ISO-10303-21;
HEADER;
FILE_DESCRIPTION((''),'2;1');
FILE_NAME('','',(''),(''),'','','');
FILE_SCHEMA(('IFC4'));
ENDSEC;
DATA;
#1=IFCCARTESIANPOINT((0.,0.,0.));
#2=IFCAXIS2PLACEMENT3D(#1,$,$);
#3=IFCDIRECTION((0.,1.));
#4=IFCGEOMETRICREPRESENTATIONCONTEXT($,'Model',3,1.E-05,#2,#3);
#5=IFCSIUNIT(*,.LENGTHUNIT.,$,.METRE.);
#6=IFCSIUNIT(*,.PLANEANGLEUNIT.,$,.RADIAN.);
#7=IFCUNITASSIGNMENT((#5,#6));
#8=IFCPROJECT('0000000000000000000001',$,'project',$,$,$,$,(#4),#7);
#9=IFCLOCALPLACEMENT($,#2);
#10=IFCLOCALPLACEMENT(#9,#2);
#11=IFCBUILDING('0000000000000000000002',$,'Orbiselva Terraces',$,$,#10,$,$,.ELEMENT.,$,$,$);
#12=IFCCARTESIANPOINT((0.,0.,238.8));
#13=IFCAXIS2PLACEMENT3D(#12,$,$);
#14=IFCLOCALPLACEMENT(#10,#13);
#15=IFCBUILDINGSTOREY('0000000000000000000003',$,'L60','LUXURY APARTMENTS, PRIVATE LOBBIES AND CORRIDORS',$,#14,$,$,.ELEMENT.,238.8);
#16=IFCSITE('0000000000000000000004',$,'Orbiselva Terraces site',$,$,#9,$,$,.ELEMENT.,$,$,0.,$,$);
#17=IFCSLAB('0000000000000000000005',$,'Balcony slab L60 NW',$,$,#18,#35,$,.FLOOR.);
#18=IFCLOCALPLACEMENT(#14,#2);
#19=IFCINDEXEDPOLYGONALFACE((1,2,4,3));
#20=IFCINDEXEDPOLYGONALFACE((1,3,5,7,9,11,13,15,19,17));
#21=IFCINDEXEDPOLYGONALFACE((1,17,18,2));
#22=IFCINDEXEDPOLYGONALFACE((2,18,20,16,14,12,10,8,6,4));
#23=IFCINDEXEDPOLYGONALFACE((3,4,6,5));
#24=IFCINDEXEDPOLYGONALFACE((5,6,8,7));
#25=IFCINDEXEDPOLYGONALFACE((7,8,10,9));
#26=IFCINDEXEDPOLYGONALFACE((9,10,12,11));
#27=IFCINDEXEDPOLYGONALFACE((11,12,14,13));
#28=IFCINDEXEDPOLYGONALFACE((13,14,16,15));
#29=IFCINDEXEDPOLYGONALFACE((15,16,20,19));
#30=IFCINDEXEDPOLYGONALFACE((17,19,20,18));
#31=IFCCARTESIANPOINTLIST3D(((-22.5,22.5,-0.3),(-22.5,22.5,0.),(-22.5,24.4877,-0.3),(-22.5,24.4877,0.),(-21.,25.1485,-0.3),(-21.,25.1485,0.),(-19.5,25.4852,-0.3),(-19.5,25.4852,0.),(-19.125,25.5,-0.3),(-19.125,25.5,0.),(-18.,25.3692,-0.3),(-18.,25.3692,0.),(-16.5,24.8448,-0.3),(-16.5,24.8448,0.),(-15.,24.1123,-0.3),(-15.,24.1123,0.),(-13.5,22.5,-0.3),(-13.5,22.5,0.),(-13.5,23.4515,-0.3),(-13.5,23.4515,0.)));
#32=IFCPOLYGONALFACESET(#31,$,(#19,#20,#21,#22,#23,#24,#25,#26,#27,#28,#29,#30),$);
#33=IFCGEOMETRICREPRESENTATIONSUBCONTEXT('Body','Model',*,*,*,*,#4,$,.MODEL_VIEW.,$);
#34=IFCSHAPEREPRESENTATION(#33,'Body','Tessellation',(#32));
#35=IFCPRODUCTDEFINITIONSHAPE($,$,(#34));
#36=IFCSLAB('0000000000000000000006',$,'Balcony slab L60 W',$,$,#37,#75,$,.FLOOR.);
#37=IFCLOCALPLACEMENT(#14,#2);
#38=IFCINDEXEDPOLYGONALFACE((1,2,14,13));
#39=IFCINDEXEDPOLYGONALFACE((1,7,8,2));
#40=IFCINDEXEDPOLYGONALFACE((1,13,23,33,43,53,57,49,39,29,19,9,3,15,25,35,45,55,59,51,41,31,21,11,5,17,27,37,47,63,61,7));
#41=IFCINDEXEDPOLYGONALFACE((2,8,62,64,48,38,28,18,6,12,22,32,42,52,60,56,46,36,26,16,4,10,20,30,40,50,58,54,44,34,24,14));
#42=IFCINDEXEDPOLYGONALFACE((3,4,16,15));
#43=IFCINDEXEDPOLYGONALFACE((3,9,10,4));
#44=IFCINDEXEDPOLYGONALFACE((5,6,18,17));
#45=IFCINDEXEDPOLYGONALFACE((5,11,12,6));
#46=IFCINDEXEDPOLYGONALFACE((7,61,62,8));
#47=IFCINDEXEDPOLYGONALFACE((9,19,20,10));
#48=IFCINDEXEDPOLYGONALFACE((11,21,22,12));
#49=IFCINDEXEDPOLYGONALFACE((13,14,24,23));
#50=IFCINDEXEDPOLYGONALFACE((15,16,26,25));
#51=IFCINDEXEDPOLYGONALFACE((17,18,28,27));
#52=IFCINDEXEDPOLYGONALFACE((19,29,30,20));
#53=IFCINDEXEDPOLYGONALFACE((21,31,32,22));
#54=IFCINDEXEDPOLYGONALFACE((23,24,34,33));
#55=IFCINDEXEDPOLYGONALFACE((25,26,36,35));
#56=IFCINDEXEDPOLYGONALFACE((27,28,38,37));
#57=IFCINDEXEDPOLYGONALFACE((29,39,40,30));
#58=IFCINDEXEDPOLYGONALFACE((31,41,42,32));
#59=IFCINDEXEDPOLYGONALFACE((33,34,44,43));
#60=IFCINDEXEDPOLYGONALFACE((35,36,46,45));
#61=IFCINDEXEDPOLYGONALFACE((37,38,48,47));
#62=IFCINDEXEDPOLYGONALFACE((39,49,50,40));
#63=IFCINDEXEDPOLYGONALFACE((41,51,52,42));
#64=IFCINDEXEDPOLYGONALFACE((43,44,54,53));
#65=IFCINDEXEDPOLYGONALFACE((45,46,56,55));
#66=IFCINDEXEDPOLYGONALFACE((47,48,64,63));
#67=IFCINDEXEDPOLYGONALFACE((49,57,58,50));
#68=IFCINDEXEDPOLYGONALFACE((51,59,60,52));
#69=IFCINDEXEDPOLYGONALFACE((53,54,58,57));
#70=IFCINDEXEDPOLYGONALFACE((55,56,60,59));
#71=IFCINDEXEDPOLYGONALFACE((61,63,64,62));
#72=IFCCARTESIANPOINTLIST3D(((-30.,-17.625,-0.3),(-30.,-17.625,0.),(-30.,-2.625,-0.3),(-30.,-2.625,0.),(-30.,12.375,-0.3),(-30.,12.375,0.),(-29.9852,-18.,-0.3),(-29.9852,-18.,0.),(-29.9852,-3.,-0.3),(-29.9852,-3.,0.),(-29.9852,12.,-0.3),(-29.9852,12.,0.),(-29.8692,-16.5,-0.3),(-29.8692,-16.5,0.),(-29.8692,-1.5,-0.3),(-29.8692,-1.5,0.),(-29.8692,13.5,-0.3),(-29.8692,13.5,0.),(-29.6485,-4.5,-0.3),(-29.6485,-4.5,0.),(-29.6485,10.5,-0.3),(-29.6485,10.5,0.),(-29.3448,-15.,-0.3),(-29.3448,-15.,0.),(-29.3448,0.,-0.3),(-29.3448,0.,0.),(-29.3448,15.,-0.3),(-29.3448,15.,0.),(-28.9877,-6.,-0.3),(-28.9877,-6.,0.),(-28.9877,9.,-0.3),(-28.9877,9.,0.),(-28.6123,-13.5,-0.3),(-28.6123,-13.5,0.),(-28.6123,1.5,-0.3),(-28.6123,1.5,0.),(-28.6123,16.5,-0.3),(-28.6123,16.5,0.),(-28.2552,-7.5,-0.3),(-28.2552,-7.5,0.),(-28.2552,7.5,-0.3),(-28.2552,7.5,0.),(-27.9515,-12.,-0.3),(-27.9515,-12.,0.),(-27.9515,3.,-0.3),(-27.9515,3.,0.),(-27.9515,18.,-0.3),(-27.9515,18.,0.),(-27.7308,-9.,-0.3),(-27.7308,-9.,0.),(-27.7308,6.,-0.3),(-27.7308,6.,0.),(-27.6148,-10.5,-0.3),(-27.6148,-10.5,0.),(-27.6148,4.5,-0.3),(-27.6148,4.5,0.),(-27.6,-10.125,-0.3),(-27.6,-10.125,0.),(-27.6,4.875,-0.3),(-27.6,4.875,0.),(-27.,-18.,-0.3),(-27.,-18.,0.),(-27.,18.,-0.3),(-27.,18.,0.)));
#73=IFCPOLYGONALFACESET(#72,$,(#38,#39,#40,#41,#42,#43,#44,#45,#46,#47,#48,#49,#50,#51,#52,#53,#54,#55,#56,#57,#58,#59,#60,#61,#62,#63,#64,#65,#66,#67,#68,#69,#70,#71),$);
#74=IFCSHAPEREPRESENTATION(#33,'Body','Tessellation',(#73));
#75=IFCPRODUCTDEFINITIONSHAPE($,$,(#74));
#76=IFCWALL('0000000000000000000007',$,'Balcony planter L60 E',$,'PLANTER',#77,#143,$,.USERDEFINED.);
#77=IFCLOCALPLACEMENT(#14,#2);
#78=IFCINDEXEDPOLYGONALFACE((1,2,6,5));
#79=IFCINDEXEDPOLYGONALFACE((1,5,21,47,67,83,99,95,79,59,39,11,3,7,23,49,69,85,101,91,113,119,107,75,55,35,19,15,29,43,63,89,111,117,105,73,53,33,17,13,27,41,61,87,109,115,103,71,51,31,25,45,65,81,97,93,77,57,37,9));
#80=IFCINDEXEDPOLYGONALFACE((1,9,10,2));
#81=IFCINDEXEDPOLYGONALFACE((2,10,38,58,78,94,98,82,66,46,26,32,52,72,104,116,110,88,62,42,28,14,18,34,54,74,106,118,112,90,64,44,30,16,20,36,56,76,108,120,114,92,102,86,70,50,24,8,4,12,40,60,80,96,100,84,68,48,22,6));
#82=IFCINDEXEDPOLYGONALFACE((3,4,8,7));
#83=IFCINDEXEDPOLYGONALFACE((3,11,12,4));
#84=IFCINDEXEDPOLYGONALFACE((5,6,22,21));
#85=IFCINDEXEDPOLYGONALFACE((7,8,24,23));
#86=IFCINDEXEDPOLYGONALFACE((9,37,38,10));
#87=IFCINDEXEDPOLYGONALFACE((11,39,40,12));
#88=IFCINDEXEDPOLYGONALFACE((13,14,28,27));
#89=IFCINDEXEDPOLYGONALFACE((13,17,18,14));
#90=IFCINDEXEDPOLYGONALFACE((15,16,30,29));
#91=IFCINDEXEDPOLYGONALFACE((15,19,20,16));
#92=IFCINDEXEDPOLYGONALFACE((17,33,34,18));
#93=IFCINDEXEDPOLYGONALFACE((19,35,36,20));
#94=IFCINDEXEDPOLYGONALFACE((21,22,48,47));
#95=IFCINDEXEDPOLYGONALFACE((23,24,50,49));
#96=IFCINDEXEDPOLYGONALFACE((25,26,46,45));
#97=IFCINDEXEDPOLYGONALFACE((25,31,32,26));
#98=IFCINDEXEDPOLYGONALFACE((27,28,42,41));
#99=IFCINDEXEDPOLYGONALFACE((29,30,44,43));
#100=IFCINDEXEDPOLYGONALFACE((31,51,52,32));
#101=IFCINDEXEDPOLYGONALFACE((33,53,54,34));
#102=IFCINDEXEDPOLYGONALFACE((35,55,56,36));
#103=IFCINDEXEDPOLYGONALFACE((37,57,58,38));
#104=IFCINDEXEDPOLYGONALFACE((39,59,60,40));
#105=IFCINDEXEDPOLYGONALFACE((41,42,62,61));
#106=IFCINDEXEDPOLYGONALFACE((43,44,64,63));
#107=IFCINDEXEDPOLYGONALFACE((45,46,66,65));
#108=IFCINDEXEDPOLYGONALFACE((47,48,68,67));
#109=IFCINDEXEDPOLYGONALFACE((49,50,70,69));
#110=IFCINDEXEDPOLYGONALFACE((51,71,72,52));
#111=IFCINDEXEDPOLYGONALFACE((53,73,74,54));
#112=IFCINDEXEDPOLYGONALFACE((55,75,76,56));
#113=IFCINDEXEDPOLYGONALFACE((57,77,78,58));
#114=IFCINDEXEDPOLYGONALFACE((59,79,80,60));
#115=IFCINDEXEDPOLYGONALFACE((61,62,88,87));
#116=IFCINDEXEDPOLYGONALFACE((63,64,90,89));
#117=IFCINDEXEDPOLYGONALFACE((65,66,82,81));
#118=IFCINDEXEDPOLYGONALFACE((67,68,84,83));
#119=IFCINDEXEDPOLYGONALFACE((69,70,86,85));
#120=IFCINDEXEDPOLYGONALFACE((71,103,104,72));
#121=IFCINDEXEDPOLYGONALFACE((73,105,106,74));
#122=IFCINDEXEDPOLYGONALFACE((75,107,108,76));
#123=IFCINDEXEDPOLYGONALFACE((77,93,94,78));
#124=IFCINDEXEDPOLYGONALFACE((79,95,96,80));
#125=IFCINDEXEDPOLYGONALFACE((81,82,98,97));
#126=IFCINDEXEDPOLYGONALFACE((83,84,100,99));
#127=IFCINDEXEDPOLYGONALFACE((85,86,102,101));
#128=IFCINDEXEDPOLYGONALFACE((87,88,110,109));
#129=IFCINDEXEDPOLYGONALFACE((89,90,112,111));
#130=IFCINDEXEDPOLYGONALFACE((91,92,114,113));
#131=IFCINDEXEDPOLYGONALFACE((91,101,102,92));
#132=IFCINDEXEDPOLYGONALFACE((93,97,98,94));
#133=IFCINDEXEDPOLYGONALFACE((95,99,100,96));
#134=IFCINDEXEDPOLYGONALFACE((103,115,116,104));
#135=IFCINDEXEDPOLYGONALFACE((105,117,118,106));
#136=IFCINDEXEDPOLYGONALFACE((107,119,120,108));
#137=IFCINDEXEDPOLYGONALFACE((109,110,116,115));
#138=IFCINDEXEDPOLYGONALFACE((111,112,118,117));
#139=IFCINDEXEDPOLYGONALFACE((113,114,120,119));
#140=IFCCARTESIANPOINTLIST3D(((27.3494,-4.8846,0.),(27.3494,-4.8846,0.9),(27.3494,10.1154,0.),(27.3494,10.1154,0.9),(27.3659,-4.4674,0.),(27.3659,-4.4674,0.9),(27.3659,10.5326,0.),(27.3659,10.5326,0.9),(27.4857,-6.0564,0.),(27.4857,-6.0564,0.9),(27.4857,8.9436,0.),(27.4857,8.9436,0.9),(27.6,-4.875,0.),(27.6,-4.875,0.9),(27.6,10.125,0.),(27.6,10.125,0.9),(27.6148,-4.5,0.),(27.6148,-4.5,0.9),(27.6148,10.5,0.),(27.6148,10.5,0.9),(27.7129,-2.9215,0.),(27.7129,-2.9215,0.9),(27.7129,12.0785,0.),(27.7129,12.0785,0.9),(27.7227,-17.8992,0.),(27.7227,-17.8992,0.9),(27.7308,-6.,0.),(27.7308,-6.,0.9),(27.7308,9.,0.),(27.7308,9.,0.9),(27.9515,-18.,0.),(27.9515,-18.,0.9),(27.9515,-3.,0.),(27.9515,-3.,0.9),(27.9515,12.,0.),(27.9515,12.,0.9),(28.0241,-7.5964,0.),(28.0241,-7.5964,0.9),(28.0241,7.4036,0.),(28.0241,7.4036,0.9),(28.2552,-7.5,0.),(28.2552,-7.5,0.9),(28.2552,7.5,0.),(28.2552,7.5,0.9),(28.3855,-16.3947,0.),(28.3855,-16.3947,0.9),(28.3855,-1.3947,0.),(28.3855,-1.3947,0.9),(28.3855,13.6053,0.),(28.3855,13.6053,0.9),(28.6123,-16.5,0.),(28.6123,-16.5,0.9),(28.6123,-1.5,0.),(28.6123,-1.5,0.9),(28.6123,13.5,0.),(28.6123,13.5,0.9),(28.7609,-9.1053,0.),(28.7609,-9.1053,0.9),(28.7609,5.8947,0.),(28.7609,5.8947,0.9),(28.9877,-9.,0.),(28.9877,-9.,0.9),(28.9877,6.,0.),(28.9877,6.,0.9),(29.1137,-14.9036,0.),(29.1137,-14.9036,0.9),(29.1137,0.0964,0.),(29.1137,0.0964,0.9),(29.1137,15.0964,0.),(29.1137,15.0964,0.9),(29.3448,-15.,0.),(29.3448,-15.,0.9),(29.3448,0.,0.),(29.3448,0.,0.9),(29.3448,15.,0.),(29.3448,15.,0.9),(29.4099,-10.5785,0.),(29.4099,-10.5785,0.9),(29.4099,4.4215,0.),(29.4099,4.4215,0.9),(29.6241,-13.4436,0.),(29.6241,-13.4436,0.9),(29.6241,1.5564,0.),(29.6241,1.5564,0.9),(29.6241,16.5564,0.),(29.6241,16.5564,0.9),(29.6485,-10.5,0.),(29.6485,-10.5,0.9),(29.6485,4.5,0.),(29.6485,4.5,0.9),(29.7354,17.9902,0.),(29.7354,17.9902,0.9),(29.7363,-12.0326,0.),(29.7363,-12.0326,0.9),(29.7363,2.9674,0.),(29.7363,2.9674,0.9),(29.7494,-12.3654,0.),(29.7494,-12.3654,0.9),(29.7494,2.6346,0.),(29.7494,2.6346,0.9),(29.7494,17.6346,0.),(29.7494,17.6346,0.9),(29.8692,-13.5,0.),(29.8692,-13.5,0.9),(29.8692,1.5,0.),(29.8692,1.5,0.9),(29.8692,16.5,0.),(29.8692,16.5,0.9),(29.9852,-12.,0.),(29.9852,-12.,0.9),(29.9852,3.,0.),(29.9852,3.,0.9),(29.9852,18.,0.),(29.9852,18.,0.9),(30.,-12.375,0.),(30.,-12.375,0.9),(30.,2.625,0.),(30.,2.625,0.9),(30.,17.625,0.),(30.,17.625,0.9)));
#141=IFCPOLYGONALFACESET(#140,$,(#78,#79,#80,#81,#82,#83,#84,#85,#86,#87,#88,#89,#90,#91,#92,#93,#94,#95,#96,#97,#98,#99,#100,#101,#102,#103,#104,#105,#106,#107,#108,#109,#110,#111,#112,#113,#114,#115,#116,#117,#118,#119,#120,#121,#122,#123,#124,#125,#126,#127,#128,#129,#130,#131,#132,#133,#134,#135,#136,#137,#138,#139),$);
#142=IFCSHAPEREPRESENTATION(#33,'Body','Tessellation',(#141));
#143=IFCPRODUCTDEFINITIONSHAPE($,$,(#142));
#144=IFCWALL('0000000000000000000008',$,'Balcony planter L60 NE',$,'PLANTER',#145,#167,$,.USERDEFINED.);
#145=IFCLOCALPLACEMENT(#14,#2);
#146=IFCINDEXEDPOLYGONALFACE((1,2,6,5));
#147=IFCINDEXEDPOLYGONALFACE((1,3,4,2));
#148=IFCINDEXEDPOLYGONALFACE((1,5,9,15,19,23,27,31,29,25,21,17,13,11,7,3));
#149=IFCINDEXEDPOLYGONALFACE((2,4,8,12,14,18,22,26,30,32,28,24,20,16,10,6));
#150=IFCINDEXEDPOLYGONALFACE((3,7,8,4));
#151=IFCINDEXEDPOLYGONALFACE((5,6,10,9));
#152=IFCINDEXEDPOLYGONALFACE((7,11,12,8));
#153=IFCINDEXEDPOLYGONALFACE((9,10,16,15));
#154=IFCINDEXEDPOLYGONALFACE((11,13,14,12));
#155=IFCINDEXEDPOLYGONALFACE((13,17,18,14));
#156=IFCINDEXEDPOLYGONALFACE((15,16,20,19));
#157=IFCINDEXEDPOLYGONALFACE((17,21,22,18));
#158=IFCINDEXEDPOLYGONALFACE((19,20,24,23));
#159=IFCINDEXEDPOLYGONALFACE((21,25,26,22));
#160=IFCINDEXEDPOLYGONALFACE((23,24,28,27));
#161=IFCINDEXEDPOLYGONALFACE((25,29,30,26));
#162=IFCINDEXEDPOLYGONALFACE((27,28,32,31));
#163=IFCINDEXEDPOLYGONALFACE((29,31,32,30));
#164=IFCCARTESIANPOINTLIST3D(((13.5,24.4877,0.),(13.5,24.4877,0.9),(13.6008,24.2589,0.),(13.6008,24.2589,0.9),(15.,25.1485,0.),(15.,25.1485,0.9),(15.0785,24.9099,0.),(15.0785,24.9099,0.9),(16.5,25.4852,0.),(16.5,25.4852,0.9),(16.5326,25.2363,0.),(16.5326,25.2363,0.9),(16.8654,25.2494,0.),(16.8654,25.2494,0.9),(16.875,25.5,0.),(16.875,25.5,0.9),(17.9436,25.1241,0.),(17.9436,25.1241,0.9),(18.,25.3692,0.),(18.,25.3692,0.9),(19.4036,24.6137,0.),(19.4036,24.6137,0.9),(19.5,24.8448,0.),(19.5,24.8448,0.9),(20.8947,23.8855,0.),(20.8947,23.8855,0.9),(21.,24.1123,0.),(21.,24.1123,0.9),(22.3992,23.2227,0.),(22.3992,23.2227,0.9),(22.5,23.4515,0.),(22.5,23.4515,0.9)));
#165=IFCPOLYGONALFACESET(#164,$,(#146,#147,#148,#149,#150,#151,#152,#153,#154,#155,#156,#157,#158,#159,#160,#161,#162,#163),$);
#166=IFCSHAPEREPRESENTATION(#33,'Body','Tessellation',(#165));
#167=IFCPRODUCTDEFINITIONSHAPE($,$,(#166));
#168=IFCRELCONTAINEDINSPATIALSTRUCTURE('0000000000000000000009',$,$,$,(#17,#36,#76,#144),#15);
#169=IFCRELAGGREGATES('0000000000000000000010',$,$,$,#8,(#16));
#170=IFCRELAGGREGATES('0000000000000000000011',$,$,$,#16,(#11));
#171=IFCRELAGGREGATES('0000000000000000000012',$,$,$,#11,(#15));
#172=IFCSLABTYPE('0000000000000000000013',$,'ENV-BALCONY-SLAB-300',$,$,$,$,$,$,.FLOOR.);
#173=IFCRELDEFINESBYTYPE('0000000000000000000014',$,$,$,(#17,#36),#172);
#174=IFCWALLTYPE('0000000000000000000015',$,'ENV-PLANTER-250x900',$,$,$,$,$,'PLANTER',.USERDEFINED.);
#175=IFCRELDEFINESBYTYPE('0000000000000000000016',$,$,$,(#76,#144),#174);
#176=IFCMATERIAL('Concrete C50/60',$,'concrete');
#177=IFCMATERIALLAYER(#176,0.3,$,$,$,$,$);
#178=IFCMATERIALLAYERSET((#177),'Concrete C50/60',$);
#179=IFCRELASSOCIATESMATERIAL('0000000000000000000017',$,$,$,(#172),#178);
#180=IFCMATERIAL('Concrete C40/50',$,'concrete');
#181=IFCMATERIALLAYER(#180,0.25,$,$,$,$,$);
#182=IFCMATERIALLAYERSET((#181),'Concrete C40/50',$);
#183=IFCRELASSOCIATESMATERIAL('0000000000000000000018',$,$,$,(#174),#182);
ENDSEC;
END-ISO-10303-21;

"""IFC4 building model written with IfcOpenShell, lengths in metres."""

from ifc_helpers import new_model, si_unit, direction, frame, origin, place, context, subcontext, project, spatial, polyline, outline, extrude, material, layer, layer_set, type_object, element, save


model = new_model("IFC4")

# Units and contexts
model_context = context("Model", 3, precision=1e-05, world=origin(), true_north=direction((0.0, 1.0)))
body_context = subcontext(model_context, "Body", "Model", "MODEL_VIEW")
ifc_project = project(units=[si_unit("LENGTHUNIT", "METRE"), si_unit("PLANEANGLEUNIT", "RADIAN")], contexts=[model_context])

# Site, building, storey
site_placement = place(None, origin())
site = spatial("IfcSite", under=ifc_project, at=site_placement, Name="Orbiselva Terraces site", CompositionType="ELEMENT", RefElevation=0.0)
building_placement = place(site_placement, origin())
building = spatial("IfcBuilding", under=site, at=building_placement, Name="Orbiselva Terraces", CompositionType="ELEMENT")
storey_placement = place(building_placement, frame((0.0, 0.0, 238.8)))
storey = spatial("IfcBuildingStorey", under=building, at=storey_placement, Name="L60", Description="LUXURY APARTMENTS, PRIVATE LOBBIES AND CORRIDORS", CompositionType="ELEMENT", Elevation=238.8)

# Shared definitions
ifc_material_1 = material(Name="Concrete C50/60", Category="concrete")

# Shared definitions
ifc_material_2 = material(Name="Concrete C40/50", Category="concrete")

# Slabs
ifc_layer_1 = layer(ifc_material_1, 0.3)
ifc_layer_set_1 = layer_set([ifc_layer_1], Name="Concrete C50/60")
slab_type_1 = type_object("IfcSlabType", Name="ENV-BALCONY-SLAB-300", PredefinedType="FLOOR", material=ifc_layer_set_1)
slab_1_placement = place(storey_placement, frame((0.0, 0.0, -0.3)))
element("IfcSlab", 1, at=slab_1_placement, inside=storey, type_object=slab_type_1, Name="Balcony slab L60 NW", PredefinedType="FLOOR", context=body_context, shape_type="SweptSolid", body=[
    extrude(outline(polyline([(-13.5, 23.4515), (-15.0, 24.1123), (-16.5, 24.8448), (-18.0, 25.3692), (-19.125, 25.5), (-19.5, 25.4852), (-21.0, 25.1485), (-22.5, 24.4877), (-22.5, 22.5), (-13.5, 22.5), (-13.5, 23.4515)])), origin(), (0.0, 0.0, 1.0), 0.3),
])
slab_2_placement = place(storey_placement, frame((0.0, 0.0, -0.3)))
element("IfcSlab", 2, at=slab_2_placement, inside=storey, type_object=slab_type_1, Name="Balcony slab L60 W", PredefinedType="FLOOR", context=body_context, shape_type="SweptSolid", body=[
    extrude(outline(polyline([(-27.9515, 18.0), (-28.6123, 16.5), (-29.3448, 15.0), (-29.8692, 13.5), (-30.0, 12.375), (-29.9852, 12.0), (-29.6485, 10.5), (-28.9877, 9.0), (-28.2552, 7.5), (-27.7308, 6.0), (-27.6, 4.875), (-27.6148, 4.5), (-27.9515, 3.0), (-28.6123, 1.5), (-29.3448, 0.0), (-29.8692, -1.5), (-30.0, -2.625), (-29.9852, -3.0), (-29.6485, -4.5), (-28.9877, -6.0), (-28.2552, -7.5), (-27.7308, -9.0), (-27.6, -10.125), (-27.6148, -10.5), (-27.9515, -12.0), (-28.6123, -13.5), (-29.3448, -15.0), (-29.8692, -16.5), (-30.0, -17.625), (-29.9852, -18.0), (-27.0, -18.0), (-27.0, 18.0), (-27.9515, 18.0)])), origin(), (0.0, 0.0, 1.0), 0.3),
])

# Walls
ifc_layer_2 = layer(ifc_material_2, 0.25)
ifc_layer_set_2 = layer_set([ifc_layer_2], Name="Concrete C40/50")
wall_type_1 = type_object("IfcWallType", Name="ENV-PLANTER-250x900", ElementType="PLANTER", PredefinedType="USERDEFINED", material=ifc_layer_set_2)
wall_1_placement = place(storey_placement, origin())
element("IfcWall", 3, at=wall_1_placement, inside=storey, type_object=wall_type_1, Name="Balcony planter L60 E", ObjectType="PLANTER", PredefinedType="USERDEFINED", context=body_context, shape_type="SweptSolid", body=[
    extrude(outline(polyline([(27.9515, -18.0), (28.6123, -16.5), (29.3448, -15.0), (29.8692, -13.5), (30.0, -12.375), (29.9852, -12.0), (29.6485, -10.5), (28.9877, -9.0), (28.2552, -7.5), (27.7308, -6.0), (27.6, -4.875), (27.6148, -4.5), (27.9515, -3.0), (28.6123, -1.5), (29.3448, 0.0), (29.8692, 1.5), (30.0, 2.625), (29.9852, 3.0), (29.6485, 4.5), (28.9877, 6.0), (28.2552, 7.5), (27.7308, 9.0), (27.6, 10.125), (27.6148, 10.5), (27.9515, 12.0), (28.6123, 13.5), (29.3448, 15.0), (29.8692, 16.5), (30.0, 17.625), (29.9852, 18.0), (29.7354, 17.9902), (29.7494, 17.6346), (29.6241, 16.5564), (29.1137, 15.0964), (28.3855, 13.6053), (27.7129, 12.0785), (27.3659, 10.5326), (27.3494, 10.1154), (27.4857, 8.9436), (28.0241, 7.4036), (28.7609, 5.8947), (29.4099, 4.4215), (29.7363, 2.9674), (29.7494, 2.6346), (29.6241, 1.5564), (29.1137, 0.0964), (28.3855, -1.3947), (27.7129, -2.9215), (27.3659, -4.4674), (27.3494, -4.8846), (27.4857, -6.0564), (28.0241, -7.5964), (28.7609, -9.1053), (29.4099, -10.5785), (29.7363, -12.0326), (29.7494, -12.3654), (29.6241, -13.4436), (29.1137, -14.9036), (28.3855, -16.3947), (27.7227, -17.8992), (27.9515, -18.0)])), origin(), (0.0, 0.0, 1.0), 0.9),
])
wall_2_placement = place(storey_placement, origin())
element("IfcWall", 4, at=wall_2_placement, inside=storey, type_object=wall_type_1, Name="Balcony planter L60 NE", ObjectType="PLANTER", PredefinedType="USERDEFINED", context=body_context, shape_type="SweptSolid", body=[
    extrude(outline(polyline([(22.5, 23.4515), (21.0, 24.1123), (19.5, 24.8448), (18.0, 25.3692), (16.875, 25.5), (16.5, 25.4852), (15.0, 25.1485), (13.5, 24.4877), (13.6008, 24.2589), (15.0785, 24.9099), (16.5326, 25.2363), (16.8654, 25.2494), (17.9436, 25.1241), (19.4036, 24.6137), (20.8947, 23.8855), (22.3992, 23.2227), (22.5, 23.4515)])), origin(), (0.0, 0.0, 1.0), 0.9),
])

save(model, "model.ifc")
